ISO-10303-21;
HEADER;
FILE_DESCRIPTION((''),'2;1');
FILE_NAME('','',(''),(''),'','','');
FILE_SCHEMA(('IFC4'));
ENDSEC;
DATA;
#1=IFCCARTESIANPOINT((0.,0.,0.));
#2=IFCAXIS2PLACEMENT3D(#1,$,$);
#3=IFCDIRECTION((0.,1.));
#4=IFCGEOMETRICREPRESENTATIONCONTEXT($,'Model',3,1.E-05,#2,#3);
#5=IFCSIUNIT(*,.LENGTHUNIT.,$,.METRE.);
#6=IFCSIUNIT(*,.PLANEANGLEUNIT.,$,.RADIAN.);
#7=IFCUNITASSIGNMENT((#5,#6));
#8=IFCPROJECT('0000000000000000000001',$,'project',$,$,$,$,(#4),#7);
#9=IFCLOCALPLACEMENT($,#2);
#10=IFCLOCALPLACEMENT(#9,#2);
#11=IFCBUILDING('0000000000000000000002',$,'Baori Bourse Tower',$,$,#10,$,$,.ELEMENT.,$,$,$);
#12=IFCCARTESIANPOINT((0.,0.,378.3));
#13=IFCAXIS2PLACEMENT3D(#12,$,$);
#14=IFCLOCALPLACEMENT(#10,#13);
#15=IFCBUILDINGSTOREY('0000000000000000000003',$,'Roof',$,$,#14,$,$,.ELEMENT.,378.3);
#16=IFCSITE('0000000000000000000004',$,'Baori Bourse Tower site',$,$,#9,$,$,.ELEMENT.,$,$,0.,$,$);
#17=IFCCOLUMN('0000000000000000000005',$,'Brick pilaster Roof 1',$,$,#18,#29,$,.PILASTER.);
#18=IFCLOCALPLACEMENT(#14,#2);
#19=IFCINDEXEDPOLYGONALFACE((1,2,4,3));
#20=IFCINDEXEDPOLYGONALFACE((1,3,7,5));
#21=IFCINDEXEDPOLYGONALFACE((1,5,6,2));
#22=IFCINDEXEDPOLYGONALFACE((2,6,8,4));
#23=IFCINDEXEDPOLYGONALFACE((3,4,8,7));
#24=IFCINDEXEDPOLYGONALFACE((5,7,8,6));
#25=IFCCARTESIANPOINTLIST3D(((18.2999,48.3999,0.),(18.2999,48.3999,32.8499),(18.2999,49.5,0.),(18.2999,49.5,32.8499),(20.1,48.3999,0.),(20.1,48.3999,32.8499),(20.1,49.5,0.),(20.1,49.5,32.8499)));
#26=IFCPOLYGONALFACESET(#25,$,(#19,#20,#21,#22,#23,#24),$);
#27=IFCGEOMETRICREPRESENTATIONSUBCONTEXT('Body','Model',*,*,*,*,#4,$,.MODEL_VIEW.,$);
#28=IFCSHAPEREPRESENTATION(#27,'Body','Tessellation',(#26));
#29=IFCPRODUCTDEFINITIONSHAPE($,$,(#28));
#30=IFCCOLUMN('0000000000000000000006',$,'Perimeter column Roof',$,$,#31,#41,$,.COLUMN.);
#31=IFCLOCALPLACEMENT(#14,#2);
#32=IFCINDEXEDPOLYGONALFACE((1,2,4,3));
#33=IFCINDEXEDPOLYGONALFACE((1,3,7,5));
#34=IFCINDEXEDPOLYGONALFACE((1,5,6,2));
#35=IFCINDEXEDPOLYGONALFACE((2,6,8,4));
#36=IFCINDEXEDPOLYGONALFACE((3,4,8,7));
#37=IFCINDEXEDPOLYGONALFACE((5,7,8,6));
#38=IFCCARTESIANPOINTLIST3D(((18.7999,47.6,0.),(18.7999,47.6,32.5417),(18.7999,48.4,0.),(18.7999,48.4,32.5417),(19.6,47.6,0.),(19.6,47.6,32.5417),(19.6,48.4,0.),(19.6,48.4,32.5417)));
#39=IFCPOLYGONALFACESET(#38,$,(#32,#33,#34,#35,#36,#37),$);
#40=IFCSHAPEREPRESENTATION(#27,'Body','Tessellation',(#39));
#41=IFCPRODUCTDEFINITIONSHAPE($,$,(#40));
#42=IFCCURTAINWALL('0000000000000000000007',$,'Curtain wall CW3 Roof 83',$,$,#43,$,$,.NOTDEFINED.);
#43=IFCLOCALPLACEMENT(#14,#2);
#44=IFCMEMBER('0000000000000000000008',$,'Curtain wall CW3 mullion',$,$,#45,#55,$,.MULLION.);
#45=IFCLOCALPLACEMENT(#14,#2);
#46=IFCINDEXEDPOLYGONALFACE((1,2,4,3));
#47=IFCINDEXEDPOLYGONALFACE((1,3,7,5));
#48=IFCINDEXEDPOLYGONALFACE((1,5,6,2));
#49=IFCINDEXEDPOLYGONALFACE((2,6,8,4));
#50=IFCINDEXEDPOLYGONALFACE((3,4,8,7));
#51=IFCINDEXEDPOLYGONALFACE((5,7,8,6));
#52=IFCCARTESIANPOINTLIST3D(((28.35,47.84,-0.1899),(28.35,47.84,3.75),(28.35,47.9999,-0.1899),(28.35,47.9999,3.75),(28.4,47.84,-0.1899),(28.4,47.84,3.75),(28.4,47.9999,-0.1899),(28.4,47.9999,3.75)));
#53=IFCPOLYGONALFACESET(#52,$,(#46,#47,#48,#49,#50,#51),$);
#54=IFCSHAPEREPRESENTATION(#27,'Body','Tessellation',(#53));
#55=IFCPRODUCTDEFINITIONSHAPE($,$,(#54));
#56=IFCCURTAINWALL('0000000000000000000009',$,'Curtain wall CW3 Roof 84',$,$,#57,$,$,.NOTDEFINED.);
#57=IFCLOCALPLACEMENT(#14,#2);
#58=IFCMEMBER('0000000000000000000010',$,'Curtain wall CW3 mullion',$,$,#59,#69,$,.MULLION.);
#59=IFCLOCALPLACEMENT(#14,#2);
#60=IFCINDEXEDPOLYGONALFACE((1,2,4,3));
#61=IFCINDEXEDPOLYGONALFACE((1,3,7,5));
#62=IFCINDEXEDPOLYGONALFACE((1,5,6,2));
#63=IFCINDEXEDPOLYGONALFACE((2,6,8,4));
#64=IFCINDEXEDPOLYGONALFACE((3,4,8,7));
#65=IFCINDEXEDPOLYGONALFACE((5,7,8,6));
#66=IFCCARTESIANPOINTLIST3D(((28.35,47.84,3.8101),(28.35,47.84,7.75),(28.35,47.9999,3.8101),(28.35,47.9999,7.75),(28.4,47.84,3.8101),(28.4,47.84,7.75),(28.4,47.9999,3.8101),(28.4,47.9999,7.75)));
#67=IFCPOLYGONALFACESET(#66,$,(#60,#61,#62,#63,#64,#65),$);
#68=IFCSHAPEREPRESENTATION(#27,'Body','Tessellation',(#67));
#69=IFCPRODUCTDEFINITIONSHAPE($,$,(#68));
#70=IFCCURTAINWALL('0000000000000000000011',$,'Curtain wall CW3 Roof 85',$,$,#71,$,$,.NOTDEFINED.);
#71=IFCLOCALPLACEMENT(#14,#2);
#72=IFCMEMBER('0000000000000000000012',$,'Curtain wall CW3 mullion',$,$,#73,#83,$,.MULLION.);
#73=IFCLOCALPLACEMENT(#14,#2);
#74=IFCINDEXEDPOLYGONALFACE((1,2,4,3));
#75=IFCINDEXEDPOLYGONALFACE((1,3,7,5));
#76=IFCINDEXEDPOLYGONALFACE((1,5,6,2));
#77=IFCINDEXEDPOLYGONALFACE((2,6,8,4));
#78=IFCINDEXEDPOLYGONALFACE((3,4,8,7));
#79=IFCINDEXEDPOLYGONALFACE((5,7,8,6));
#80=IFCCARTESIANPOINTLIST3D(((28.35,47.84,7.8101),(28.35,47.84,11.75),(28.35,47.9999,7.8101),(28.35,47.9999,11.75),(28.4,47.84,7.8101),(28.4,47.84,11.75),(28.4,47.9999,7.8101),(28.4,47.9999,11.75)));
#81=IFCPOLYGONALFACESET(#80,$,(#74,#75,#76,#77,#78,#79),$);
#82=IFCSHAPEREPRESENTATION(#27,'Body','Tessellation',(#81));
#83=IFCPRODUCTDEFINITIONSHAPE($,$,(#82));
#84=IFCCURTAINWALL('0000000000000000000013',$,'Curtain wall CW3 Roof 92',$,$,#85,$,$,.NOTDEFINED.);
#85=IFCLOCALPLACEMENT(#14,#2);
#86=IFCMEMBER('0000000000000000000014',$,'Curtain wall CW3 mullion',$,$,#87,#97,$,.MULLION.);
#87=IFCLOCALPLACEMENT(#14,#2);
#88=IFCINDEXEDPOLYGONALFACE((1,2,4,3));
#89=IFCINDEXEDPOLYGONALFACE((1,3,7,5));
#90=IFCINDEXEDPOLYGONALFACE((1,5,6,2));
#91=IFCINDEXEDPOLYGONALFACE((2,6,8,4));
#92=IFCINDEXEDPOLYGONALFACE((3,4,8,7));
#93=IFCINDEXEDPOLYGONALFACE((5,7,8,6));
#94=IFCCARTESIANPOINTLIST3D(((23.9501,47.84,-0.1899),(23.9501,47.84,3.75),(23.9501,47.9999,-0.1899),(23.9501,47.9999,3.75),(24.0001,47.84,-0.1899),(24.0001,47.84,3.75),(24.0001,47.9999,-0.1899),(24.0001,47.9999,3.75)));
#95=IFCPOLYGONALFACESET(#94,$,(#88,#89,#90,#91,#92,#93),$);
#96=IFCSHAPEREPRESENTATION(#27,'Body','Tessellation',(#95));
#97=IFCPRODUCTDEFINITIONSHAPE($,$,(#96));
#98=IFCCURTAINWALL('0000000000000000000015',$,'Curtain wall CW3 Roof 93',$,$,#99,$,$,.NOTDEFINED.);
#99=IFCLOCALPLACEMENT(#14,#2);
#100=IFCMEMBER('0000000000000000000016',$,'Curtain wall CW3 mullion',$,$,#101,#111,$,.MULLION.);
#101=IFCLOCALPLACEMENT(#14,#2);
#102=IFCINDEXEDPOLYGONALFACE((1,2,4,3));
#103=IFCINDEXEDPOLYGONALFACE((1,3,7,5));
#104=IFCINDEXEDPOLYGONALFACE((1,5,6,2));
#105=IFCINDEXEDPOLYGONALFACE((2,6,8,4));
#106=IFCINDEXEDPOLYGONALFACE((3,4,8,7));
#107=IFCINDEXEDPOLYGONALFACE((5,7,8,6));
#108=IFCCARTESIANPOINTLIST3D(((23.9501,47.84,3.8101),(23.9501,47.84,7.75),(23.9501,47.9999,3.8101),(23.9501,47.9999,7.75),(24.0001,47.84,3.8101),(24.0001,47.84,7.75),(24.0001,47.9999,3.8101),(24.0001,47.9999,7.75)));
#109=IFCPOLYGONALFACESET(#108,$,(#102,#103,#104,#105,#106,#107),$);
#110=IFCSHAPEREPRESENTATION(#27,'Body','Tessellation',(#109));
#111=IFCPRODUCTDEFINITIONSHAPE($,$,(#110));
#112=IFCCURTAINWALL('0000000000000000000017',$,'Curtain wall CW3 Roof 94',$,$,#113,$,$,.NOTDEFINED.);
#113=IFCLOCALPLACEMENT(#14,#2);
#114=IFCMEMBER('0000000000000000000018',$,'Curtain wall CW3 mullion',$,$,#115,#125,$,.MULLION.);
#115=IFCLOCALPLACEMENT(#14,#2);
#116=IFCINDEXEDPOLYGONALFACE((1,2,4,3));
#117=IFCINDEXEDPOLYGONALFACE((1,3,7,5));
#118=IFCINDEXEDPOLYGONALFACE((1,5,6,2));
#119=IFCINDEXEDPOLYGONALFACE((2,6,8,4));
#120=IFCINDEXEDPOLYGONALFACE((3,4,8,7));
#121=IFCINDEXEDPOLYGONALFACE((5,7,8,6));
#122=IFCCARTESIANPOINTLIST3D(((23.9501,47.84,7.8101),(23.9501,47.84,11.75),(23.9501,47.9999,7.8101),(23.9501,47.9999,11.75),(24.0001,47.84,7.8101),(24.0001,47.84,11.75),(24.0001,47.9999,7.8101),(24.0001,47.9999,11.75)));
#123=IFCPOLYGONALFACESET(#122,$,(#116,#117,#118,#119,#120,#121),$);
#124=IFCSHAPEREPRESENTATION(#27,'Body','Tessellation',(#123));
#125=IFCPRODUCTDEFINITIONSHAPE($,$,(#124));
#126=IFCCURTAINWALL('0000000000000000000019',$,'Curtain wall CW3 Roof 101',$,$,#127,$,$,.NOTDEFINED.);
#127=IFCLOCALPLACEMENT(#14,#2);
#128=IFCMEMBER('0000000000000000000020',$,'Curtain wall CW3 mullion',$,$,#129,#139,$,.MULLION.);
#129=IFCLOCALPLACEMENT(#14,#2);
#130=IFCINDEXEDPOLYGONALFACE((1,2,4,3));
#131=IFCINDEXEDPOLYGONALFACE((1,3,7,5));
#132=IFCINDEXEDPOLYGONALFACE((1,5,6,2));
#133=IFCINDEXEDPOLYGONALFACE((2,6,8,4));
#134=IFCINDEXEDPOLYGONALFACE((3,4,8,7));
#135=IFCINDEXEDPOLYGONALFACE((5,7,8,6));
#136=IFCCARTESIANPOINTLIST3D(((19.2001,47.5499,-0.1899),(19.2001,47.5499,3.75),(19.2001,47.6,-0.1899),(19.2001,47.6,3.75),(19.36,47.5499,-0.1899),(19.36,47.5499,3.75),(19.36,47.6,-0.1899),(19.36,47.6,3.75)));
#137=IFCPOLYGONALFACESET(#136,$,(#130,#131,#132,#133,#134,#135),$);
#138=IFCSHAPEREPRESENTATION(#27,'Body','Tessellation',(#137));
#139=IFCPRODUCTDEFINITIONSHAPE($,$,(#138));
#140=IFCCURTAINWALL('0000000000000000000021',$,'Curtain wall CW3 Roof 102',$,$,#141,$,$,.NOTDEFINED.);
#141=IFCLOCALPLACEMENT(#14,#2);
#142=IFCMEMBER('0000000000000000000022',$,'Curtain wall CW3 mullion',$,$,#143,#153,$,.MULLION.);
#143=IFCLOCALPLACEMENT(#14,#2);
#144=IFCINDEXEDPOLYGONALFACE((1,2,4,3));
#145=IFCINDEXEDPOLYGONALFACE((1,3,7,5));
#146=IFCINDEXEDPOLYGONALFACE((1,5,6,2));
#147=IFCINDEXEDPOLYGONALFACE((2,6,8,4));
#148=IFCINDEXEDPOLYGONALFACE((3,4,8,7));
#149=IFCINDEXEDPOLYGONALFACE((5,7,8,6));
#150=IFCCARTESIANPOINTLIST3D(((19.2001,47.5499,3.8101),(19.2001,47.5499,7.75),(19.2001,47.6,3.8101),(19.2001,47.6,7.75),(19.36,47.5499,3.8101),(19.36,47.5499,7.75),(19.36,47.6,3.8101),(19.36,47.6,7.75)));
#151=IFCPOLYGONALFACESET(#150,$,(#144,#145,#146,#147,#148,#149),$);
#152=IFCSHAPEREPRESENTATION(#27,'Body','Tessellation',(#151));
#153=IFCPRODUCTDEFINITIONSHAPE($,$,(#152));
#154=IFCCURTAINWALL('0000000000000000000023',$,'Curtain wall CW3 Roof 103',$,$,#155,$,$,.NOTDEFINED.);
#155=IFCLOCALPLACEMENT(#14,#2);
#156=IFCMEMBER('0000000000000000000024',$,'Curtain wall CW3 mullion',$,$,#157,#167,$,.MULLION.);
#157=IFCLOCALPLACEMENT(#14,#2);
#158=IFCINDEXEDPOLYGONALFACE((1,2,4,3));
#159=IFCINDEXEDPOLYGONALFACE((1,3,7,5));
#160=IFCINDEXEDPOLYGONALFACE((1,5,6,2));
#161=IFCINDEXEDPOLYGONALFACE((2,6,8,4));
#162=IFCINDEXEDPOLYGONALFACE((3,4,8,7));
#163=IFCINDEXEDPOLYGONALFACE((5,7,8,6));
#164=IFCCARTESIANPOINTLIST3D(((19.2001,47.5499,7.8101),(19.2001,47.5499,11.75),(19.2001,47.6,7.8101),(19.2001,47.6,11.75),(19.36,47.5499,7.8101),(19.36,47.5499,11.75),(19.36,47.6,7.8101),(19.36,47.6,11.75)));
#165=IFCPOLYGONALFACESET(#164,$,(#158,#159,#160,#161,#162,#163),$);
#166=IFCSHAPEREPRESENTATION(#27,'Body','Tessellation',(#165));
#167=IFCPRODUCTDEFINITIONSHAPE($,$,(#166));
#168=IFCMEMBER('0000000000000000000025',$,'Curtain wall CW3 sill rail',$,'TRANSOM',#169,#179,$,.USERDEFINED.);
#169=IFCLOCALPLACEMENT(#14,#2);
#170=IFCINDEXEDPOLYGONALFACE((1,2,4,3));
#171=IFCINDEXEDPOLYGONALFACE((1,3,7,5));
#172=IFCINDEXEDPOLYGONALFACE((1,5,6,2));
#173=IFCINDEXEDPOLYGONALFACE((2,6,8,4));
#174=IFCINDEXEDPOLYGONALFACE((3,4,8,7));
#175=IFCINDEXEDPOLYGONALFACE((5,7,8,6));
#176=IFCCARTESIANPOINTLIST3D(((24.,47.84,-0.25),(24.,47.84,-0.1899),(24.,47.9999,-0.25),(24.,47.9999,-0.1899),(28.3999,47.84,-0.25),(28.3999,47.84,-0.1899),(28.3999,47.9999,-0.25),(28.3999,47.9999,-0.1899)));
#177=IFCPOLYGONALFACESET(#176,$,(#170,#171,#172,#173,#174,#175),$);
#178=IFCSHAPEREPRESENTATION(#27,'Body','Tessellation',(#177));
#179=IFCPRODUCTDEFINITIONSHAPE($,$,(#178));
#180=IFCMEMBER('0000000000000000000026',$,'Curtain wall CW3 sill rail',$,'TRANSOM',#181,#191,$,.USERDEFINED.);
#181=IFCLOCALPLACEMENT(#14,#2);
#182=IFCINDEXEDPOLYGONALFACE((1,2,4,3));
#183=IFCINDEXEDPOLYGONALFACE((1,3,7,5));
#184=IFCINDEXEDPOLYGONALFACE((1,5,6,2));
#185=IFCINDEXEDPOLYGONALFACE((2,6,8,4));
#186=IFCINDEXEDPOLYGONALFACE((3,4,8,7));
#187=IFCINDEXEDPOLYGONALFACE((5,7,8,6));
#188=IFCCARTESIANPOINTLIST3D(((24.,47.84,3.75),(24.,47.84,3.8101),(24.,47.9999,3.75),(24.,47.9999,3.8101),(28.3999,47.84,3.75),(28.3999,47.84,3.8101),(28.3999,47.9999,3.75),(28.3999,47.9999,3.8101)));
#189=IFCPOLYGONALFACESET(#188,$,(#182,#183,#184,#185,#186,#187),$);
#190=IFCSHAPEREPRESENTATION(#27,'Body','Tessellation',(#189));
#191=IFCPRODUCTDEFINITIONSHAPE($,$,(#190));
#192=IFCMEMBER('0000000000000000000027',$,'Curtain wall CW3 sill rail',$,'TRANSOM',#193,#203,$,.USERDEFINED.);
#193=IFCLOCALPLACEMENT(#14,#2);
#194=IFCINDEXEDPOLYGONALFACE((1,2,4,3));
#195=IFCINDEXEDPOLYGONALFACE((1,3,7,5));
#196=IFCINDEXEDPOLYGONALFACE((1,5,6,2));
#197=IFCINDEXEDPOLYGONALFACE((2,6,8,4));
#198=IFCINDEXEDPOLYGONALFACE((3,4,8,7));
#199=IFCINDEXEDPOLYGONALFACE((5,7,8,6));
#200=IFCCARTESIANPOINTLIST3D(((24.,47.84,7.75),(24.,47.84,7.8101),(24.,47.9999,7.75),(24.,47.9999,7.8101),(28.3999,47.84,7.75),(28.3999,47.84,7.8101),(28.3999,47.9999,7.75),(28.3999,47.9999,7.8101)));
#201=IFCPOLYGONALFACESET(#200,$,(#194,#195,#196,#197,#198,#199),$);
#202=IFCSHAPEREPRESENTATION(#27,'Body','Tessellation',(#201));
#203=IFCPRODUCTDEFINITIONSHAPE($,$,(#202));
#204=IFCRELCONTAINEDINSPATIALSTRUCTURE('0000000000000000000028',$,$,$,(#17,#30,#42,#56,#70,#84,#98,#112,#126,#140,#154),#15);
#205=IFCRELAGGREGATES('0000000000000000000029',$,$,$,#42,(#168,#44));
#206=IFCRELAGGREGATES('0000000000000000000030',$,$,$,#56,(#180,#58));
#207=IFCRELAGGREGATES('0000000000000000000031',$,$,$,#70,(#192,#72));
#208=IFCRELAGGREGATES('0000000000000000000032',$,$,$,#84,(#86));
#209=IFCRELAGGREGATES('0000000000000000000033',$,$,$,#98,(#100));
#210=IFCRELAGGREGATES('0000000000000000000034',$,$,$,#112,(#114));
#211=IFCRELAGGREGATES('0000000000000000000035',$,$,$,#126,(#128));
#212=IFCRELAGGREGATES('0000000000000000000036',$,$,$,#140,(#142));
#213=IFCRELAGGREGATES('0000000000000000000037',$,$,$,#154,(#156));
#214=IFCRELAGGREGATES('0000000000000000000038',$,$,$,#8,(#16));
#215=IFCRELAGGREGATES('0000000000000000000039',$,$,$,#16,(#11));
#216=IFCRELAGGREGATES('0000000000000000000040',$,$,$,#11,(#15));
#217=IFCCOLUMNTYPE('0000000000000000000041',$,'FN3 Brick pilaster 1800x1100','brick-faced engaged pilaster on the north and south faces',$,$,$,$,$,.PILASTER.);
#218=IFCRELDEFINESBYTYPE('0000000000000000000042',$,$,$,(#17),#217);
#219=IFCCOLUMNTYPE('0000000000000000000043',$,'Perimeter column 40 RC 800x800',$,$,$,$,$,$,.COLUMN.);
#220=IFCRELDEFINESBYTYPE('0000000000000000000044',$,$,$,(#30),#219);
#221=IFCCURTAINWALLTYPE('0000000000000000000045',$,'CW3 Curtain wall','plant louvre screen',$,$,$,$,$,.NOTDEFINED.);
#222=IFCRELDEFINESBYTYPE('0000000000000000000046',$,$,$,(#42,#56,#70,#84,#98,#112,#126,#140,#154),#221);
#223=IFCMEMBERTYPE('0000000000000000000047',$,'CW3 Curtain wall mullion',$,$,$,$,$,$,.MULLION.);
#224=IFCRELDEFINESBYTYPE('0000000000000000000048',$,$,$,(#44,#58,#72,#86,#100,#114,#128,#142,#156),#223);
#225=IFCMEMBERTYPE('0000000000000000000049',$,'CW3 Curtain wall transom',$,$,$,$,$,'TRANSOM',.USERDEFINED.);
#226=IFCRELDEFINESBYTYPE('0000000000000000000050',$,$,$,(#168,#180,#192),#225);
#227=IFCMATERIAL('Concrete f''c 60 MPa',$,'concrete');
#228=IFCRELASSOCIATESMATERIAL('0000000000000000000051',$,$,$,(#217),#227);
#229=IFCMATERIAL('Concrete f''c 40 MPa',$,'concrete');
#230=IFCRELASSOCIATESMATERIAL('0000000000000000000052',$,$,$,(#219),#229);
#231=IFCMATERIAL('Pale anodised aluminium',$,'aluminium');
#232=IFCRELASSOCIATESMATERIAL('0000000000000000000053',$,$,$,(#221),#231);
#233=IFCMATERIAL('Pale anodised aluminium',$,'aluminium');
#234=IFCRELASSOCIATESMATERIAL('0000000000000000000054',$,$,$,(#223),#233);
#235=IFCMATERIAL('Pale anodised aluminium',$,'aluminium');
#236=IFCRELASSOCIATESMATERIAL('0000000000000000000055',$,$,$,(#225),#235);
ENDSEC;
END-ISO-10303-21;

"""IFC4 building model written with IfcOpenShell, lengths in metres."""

from ifc_helpers import new_model, si_unit, direction, frame, origin, origin_2d, place, context, subcontext, project, spatial, rectangle, extrude, material, material_profile, profile_set, type_object, element, aggregate, save


model = new_model("IFC4")

# Units and contexts
model_context = context("Model", 3, precision=1e-05, world=origin(), true_north=direction((0.0, 1.0)))
body_context = subcontext(model_context, "Body", "Model", "MODEL_VIEW")
ifc_project = project(units=[si_unit("LENGTHUNIT", "METRE"), si_unit("PLANEANGLEUNIT", "RADIAN")], contexts=[model_context])

# Site, building, storey
site_placement = place(None, origin())
site = spatial("IfcSite", under=ifc_project, at=site_placement, Name="Baori Bourse Tower site", CompositionType="ELEMENT", RefElevation=0.0)
building_placement = place(site_placement, origin())
building = spatial("IfcBuilding", under=site, at=building_placement, Name="Baori Bourse Tower", CompositionType="ELEMENT")
storey_placement = place(building_placement, frame((0.0, 0.0, 378.3)))
storey = spatial("IfcBuildingStorey", under=building, at=storey_placement, Name="Roof", CompositionType="ELEMENT", Elevation=378.3)

# Columns
ifc_material_1 = material(Name="Concrete f'c 60 MPa", Category="concrete")
ifc_material_profile_1 = material_profile(ifc_material_1, rectangle(XDim=1.8, YDim=1.1001, at=origin_2d()), Name="RC 1800x1100")
ifc_profile_set_1 = profile_set([ifc_material_profile_1], Name="Concrete f'c 60 MPa")
column_type_1 = type_object("IfcColumnType", Name="FN3 Brick pilaster 1800x1100", Description="brick-faced engaged pilaster on the north and south faces", PredefinedType="PILASTER", material=ifc_profile_set_1)
column_1_placement = place(storey_placement, frame((19.2, 48.95, 0.0), z_axis=(0.0, 0.0, 1.0), x_axis=(1.0, 0.0, 0.0)))
element("IfcColumn", 1, at=column_1_placement, inside=storey, type_object=column_type_1, Name="Brick pilaster Roof 1", PredefinedType="PILASTER", context=body_context, shape_type="SweptSolid", body=[
    extrude(rectangle(XDim=1.8, YDim=1.1001, at=origin_2d()), origin(), (0.0, 0.0, 1.0), 32.8499),
])
ifc_material_2 = material(Name="Concrete f'c 40 MPa", Category="concrete")
ifc_material_profile_2 = material_profile(ifc_material_2, rectangle(XDim=0.8, YDim=0.8, at=origin_2d()), Name="RC 800x800")
ifc_profile_set_2 = profile_set([ifc_material_profile_2], Name="Concrete f'c 40 MPa")
column_type_2 = type_object("IfcColumnType", Name="Perimeter column 40 RC 800x800", PredefinedType="COLUMN", material=ifc_profile_set_2)
column_2_placement = place(storey_placement, frame((19.2, 48.0, 0.0), z_axis=(0.0, 0.0, 1.0), x_axis=(1.0, 0.0, 0.0)))
element("IfcColumn", 2, at=column_2_placement, inside=storey, type_object=column_type_2, Name="Perimeter column Roof", PredefinedType="COLUMN", context=body_context, shape_type="SweptSolid", body=[
    extrude(rectangle(XDim=0.8, YDim=0.8, at=origin_2d()), origin(), (0.0, 0.0, 1.0), 32.5417),
])

# Curtain walls, members
ifc_material_3 = material(Name="Pale anodised aluminium", Category="aluminium")
curtain_wall_type = type_object("IfcCurtainWallType", Name="CW3 Curtain wall", Description="plant louvre screen", PredefinedType="NOTDEFINED", material=ifc_material_3)
curtain_wall_1_placement = place(storey_placement, origin())
curtain_wall_1 = element("IfcCurtainWall", 3, at=curtain_wall_1_placement, inside=storey, type_object=curtain_wall_type, Name="Curtain wall CW3 Roof 83", PredefinedType="NOTDEFINED")
ifc_material_4 = material(Name="Pale anodised aluminium", Category="aluminium")
ifc_material_profile_3 = material_profile(ifc_material_4, rectangle(XDim=0.1599, YDim=0.05, at=origin_2d()), Name="Mullion 50x160")
ifc_profile_set_3 = profile_set([ifc_material_profile_3], Name="Pale anodised aluminium")
member_type_1 = type_object("IfcMemberType", Name="CW3 Curtain wall mullion", PredefinedType="MULLION", material=ifc_profile_set_3)
member_1_placement = place(storey_placement, frame((28.375, 47.9199, -0.1899), z_axis=(0.0, 0.0, 1.0), x_axis=(0.0, -1.0, 0.0)))
member_1 = element("IfcMember", 4, at=member_1_placement, type_object=member_type_1, Name="Curtain wall CW3 mullion", PredefinedType="MULLION", context=body_context, shape_type="SweptSolid", body=[
    extrude(rectangle(XDim=0.1599, YDim=0.05, at=origin_2d()), origin(), (0.0, 0.0, 1.0), 3.9399),
])
curtain_wall_2_placement = place(storey_placement, origin())
curtain_wall_2 = element("IfcCurtainWall", 5, at=curtain_wall_2_placement, inside=storey, type_object=curtain_wall_type, Name="Curtain wall CW3 Roof 84", PredefinedType="NOTDEFINED")
member_2_placement = place(storey_placement, frame((28.375, 47.9199, 3.8101), z_axis=(0.0, 0.0, 1.0), x_axis=(0.0, -1.0, 0.0)))
member_2 = element("IfcMember", 6, at=member_2_placement, type_object=member_type_1, Name="Curtain wall CW3 mullion", PredefinedType="MULLION", context=body_context, shape_type="SweptSolid", body=[
    extrude(rectangle(XDim=0.1599, YDim=0.05, at=origin_2d()), origin(), (0.0, 0.0, 1.0), 3.9399),
])
curtain_wall_3_placement = place(storey_placement, origin())
curtain_wall_3 = element("IfcCurtainWall", 7, at=curtain_wall_3_placement, inside=storey, type_object=curtain_wall_type, Name="Curtain wall CW3 Roof 85", PredefinedType="NOTDEFINED")
member_3_placement = place(storey_placement, frame((28.375, 47.9199, 7.8101), z_axis=(0.0, 0.0, 1.0), x_axis=(0.0, -1.0, 0.0)))
member_3 = element("IfcMember", 8, at=member_3_placement, type_object=member_type_1, Name="Curtain wall CW3 mullion", PredefinedType="MULLION", context=body_context, shape_type="SweptSolid", body=[
    extrude(rectangle(XDim=0.1599, YDim=0.05, at=origin_2d()), origin(), (0.0, 0.0, 1.0), 3.9399),
])
curtain_wall_4_placement = place(storey_placement, origin())
curtain_wall_4 = element("IfcCurtainWall", 9, at=curtain_wall_4_placement, inside=storey, type_object=curtain_wall_type, Name="Curtain wall CW3 Roof 92", PredefinedType="NOTDEFINED")
member_4_placement = place(storey_placement, frame((23.9751, 47.9199, -0.1899), z_axis=(0.0, 0.0, 1.0), x_axis=(0.0, -1.0, 0.0)))
member_4 = element("IfcMember", 10, at=member_4_placement, type_object=member_type_1, Name="Curtain wall CW3 mullion", PredefinedType="MULLION", context=body_context, shape_type="SweptSolid", body=[
    extrude(rectangle(XDim=0.1599, YDim=0.05, at=origin_2d()), origin(), (0.0, 0.0, 1.0), 3.9399),
])
curtain_wall_5_placement = place(storey_placement, origin())
curtain_wall_5 = element("IfcCurtainWall", 11, at=curtain_wall_5_placement, inside=storey, type_object=curtain_wall_type, Name="Curtain wall CW3 Roof 93", PredefinedType="NOTDEFINED")
member_5_placement = place(storey_placement, frame((23.9751, 47.9199, 3.8101), z_axis=(0.0, 0.0, 1.0), x_axis=(0.0, -1.0, 0.0)))
member_5 = element("IfcMember", 12, at=member_5_placement, type_object=member_type_1, Name="Curtain wall CW3 mullion", PredefinedType="MULLION", context=body_context, shape_type="SweptSolid", body=[
    extrude(rectangle(XDim=0.1599, YDim=0.05, at=origin_2d()), origin(), (0.0, 0.0, 1.0), 3.9399),
])
curtain_wall_6_placement = place(storey_placement, origin())
curtain_wall_6 = element("IfcCurtainWall", 13, at=curtain_wall_6_placement, inside=storey, type_object=curtain_wall_type, Name="Curtain wall CW3 Roof 94", PredefinedType="NOTDEFINED")
member_6_placement = place(storey_placement, frame((23.9751, 47.9199, 7.8101), z_axis=(0.0, 0.0, 1.0), x_axis=(0.0, -1.0, 0.0)))
member_6 = element("IfcMember", 14, at=member_6_placement, type_object=member_type_1, Name="Curtain wall CW3 mullion", PredefinedType="MULLION", context=body_context, shape_type="SweptSolid", body=[
    extrude(rectangle(XDim=0.1599, YDim=0.05, at=origin_2d()), origin(), (0.0, 0.0, 1.0), 3.9399),
])
curtain_wall_7_placement = place(storey_placement, origin())
curtain_wall_7 = element("IfcCurtainWall", 15, at=curtain_wall_7_placement, inside=storey, type_object=curtain_wall_type, Name="Curtain wall CW3 Roof 101", PredefinedType="NOTDEFINED")
member_7_placement = place(storey_placement, frame((19.28, 47.575, -0.1899), z_axis=(0.0, 0.0, 1.0), x_axis=(1.0, 0.0, 0.0)))
member_7 = element("IfcMember", 16, at=member_7_placement, type_object=member_type_1, Name="Curtain wall CW3 mullion", PredefinedType="MULLION", context=body_context, shape_type="SweptSolid", body=[
    extrude(rectangle(XDim=0.1599, YDim=0.05, at=origin_2d()), origin(), (0.0, 0.0, 1.0), 3.9399),
])
curtain_wall_8_placement = place(storey_placement, origin())
curtain_wall_8 = element("IfcCurtainWall", 17, at=curtain_wall_8_placement, inside=storey, type_object=curtain_wall_type, Name="Curtain wall CW3 Roof 102", PredefinedType="NOTDEFINED")
member_8_placement = place(storey_placement, frame((19.28, 47.575, 3.8101), z_axis=(0.0, 0.0, 1.0), x_axis=(1.0, 0.0, 0.0)))
member_8 = element("IfcMember", 18, at=member_8_placement, type_object=member_type_1, Name="Curtain wall CW3 mullion", PredefinedType="MULLION", context=body_context, shape_type="SweptSolid", body=[
    extrude(rectangle(XDim=0.1599, YDim=0.05, at=origin_2d()), origin(), (0.0, 0.0, 1.0), 3.9399),
])
curtain_wall_9_placement = place(storey_placement, origin())
curtain_wall_9 = element("IfcCurtainWall", 19, at=curtain_wall_9_placement, inside=storey, type_object=curtain_wall_type, Name="Curtain wall CW3 Roof 103", PredefinedType="NOTDEFINED")
member_9_placement = place(storey_placement, frame((19.28, 47.575, 7.8101), z_axis=(0.0, 0.0, 1.0), x_axis=(1.0, 0.0, 0.0)))
member_9 = element("IfcMember", 20, at=member_9_placement, type_object=member_type_1, Name="Curtain wall CW3 mullion", PredefinedType="MULLION", context=body_context, shape_type="SweptSolid", body=[
    extrude(rectangle(XDim=0.1599, YDim=0.05, at=origin_2d()), origin(), (0.0, 0.0, 1.0), 3.9399),
])

# Members
ifc_material_5 = material(Name="Pale anodised aluminium", Category="aluminium")
ifc_material_profile_4 = material_profile(ifc_material_5, rectangle(XDim=0.1599, YDim=0.0601, at=origin_2d()), Name="Transom 60x160")
ifc_profile_set_4 = profile_set([ifc_material_profile_4], Name="Pale anodised aluminium")
member_type_2 = type_object("IfcMemberType", Name="CW3 Curtain wall transom", ElementType="TRANSOM", PredefinedType="USERDEFINED", material=ifc_profile_set_4)
member_10_placement = place(storey_placement, frame((28.3999, 47.9199, -0.22), z_axis=(-1.0, 0.0, 0.0), x_axis=(0.0, -1.0, 0.0)))
member_10 = element("IfcMember", 21, at=member_10_placement, type_object=member_type_2, Name="Curtain wall CW3 sill rail", ObjectType="TRANSOM", PredefinedType="USERDEFINED", context=body_context, shape_type="SweptSolid", body=[
    extrude(rectangle(XDim=0.1599, YDim=0.0601, at=origin_2d()), origin(), (0.0, 0.0, 1.0), 4.3999),
])
member_11_placement = place(storey_placement, frame((28.3999, 47.9199, 3.78), z_axis=(-1.0, 0.0, 0.0), x_axis=(0.0, -1.0, 0.0)))
member_11 = element("IfcMember", 22, at=member_11_placement, type_object=member_type_2, Name="Curtain wall CW3 sill rail", ObjectType="TRANSOM", PredefinedType="USERDEFINED", context=body_context, shape_type="SweptSolid", body=[
    extrude(rectangle(XDim=0.1599, YDim=0.0601, at=origin_2d()), origin(), (0.0, 0.0, 1.0), 4.3999),
])
member_12_placement = place(storey_placement, frame((28.3999, 47.9199, 7.78), z_axis=(-1.0, 0.0, 0.0), x_axis=(0.0, -1.0, 0.0)))
member_12 = element("IfcMember", 23, at=member_12_placement, type_object=member_type_2, Name="Curtain wall CW3 sill rail", ObjectType="TRANSOM", PredefinedType="USERDEFINED", context=body_context, shape_type="SweptSolid", body=[
    extrude(rectangle(XDim=0.1599, YDim=0.0601, at=origin_2d()), origin(), (0.0, 0.0, 1.0), 4.3999),
])

aggregate(curtain_wall_1, [member_10, member_1])
aggregate(curtain_wall_2, [member_11, member_2])
aggregate(curtain_wall_3, [member_12, member_3])
aggregate(curtain_wall_4, [member_4])
aggregate(curtain_wall_5, [member_5])
aggregate(curtain_wall_6, [member_6])
aggregate(curtain_wall_7, [member_7])
aggregate(curtain_wall_8, [member_8])
aggregate(curtain_wall_9, [member_9])

save(model, "model.ifc")
